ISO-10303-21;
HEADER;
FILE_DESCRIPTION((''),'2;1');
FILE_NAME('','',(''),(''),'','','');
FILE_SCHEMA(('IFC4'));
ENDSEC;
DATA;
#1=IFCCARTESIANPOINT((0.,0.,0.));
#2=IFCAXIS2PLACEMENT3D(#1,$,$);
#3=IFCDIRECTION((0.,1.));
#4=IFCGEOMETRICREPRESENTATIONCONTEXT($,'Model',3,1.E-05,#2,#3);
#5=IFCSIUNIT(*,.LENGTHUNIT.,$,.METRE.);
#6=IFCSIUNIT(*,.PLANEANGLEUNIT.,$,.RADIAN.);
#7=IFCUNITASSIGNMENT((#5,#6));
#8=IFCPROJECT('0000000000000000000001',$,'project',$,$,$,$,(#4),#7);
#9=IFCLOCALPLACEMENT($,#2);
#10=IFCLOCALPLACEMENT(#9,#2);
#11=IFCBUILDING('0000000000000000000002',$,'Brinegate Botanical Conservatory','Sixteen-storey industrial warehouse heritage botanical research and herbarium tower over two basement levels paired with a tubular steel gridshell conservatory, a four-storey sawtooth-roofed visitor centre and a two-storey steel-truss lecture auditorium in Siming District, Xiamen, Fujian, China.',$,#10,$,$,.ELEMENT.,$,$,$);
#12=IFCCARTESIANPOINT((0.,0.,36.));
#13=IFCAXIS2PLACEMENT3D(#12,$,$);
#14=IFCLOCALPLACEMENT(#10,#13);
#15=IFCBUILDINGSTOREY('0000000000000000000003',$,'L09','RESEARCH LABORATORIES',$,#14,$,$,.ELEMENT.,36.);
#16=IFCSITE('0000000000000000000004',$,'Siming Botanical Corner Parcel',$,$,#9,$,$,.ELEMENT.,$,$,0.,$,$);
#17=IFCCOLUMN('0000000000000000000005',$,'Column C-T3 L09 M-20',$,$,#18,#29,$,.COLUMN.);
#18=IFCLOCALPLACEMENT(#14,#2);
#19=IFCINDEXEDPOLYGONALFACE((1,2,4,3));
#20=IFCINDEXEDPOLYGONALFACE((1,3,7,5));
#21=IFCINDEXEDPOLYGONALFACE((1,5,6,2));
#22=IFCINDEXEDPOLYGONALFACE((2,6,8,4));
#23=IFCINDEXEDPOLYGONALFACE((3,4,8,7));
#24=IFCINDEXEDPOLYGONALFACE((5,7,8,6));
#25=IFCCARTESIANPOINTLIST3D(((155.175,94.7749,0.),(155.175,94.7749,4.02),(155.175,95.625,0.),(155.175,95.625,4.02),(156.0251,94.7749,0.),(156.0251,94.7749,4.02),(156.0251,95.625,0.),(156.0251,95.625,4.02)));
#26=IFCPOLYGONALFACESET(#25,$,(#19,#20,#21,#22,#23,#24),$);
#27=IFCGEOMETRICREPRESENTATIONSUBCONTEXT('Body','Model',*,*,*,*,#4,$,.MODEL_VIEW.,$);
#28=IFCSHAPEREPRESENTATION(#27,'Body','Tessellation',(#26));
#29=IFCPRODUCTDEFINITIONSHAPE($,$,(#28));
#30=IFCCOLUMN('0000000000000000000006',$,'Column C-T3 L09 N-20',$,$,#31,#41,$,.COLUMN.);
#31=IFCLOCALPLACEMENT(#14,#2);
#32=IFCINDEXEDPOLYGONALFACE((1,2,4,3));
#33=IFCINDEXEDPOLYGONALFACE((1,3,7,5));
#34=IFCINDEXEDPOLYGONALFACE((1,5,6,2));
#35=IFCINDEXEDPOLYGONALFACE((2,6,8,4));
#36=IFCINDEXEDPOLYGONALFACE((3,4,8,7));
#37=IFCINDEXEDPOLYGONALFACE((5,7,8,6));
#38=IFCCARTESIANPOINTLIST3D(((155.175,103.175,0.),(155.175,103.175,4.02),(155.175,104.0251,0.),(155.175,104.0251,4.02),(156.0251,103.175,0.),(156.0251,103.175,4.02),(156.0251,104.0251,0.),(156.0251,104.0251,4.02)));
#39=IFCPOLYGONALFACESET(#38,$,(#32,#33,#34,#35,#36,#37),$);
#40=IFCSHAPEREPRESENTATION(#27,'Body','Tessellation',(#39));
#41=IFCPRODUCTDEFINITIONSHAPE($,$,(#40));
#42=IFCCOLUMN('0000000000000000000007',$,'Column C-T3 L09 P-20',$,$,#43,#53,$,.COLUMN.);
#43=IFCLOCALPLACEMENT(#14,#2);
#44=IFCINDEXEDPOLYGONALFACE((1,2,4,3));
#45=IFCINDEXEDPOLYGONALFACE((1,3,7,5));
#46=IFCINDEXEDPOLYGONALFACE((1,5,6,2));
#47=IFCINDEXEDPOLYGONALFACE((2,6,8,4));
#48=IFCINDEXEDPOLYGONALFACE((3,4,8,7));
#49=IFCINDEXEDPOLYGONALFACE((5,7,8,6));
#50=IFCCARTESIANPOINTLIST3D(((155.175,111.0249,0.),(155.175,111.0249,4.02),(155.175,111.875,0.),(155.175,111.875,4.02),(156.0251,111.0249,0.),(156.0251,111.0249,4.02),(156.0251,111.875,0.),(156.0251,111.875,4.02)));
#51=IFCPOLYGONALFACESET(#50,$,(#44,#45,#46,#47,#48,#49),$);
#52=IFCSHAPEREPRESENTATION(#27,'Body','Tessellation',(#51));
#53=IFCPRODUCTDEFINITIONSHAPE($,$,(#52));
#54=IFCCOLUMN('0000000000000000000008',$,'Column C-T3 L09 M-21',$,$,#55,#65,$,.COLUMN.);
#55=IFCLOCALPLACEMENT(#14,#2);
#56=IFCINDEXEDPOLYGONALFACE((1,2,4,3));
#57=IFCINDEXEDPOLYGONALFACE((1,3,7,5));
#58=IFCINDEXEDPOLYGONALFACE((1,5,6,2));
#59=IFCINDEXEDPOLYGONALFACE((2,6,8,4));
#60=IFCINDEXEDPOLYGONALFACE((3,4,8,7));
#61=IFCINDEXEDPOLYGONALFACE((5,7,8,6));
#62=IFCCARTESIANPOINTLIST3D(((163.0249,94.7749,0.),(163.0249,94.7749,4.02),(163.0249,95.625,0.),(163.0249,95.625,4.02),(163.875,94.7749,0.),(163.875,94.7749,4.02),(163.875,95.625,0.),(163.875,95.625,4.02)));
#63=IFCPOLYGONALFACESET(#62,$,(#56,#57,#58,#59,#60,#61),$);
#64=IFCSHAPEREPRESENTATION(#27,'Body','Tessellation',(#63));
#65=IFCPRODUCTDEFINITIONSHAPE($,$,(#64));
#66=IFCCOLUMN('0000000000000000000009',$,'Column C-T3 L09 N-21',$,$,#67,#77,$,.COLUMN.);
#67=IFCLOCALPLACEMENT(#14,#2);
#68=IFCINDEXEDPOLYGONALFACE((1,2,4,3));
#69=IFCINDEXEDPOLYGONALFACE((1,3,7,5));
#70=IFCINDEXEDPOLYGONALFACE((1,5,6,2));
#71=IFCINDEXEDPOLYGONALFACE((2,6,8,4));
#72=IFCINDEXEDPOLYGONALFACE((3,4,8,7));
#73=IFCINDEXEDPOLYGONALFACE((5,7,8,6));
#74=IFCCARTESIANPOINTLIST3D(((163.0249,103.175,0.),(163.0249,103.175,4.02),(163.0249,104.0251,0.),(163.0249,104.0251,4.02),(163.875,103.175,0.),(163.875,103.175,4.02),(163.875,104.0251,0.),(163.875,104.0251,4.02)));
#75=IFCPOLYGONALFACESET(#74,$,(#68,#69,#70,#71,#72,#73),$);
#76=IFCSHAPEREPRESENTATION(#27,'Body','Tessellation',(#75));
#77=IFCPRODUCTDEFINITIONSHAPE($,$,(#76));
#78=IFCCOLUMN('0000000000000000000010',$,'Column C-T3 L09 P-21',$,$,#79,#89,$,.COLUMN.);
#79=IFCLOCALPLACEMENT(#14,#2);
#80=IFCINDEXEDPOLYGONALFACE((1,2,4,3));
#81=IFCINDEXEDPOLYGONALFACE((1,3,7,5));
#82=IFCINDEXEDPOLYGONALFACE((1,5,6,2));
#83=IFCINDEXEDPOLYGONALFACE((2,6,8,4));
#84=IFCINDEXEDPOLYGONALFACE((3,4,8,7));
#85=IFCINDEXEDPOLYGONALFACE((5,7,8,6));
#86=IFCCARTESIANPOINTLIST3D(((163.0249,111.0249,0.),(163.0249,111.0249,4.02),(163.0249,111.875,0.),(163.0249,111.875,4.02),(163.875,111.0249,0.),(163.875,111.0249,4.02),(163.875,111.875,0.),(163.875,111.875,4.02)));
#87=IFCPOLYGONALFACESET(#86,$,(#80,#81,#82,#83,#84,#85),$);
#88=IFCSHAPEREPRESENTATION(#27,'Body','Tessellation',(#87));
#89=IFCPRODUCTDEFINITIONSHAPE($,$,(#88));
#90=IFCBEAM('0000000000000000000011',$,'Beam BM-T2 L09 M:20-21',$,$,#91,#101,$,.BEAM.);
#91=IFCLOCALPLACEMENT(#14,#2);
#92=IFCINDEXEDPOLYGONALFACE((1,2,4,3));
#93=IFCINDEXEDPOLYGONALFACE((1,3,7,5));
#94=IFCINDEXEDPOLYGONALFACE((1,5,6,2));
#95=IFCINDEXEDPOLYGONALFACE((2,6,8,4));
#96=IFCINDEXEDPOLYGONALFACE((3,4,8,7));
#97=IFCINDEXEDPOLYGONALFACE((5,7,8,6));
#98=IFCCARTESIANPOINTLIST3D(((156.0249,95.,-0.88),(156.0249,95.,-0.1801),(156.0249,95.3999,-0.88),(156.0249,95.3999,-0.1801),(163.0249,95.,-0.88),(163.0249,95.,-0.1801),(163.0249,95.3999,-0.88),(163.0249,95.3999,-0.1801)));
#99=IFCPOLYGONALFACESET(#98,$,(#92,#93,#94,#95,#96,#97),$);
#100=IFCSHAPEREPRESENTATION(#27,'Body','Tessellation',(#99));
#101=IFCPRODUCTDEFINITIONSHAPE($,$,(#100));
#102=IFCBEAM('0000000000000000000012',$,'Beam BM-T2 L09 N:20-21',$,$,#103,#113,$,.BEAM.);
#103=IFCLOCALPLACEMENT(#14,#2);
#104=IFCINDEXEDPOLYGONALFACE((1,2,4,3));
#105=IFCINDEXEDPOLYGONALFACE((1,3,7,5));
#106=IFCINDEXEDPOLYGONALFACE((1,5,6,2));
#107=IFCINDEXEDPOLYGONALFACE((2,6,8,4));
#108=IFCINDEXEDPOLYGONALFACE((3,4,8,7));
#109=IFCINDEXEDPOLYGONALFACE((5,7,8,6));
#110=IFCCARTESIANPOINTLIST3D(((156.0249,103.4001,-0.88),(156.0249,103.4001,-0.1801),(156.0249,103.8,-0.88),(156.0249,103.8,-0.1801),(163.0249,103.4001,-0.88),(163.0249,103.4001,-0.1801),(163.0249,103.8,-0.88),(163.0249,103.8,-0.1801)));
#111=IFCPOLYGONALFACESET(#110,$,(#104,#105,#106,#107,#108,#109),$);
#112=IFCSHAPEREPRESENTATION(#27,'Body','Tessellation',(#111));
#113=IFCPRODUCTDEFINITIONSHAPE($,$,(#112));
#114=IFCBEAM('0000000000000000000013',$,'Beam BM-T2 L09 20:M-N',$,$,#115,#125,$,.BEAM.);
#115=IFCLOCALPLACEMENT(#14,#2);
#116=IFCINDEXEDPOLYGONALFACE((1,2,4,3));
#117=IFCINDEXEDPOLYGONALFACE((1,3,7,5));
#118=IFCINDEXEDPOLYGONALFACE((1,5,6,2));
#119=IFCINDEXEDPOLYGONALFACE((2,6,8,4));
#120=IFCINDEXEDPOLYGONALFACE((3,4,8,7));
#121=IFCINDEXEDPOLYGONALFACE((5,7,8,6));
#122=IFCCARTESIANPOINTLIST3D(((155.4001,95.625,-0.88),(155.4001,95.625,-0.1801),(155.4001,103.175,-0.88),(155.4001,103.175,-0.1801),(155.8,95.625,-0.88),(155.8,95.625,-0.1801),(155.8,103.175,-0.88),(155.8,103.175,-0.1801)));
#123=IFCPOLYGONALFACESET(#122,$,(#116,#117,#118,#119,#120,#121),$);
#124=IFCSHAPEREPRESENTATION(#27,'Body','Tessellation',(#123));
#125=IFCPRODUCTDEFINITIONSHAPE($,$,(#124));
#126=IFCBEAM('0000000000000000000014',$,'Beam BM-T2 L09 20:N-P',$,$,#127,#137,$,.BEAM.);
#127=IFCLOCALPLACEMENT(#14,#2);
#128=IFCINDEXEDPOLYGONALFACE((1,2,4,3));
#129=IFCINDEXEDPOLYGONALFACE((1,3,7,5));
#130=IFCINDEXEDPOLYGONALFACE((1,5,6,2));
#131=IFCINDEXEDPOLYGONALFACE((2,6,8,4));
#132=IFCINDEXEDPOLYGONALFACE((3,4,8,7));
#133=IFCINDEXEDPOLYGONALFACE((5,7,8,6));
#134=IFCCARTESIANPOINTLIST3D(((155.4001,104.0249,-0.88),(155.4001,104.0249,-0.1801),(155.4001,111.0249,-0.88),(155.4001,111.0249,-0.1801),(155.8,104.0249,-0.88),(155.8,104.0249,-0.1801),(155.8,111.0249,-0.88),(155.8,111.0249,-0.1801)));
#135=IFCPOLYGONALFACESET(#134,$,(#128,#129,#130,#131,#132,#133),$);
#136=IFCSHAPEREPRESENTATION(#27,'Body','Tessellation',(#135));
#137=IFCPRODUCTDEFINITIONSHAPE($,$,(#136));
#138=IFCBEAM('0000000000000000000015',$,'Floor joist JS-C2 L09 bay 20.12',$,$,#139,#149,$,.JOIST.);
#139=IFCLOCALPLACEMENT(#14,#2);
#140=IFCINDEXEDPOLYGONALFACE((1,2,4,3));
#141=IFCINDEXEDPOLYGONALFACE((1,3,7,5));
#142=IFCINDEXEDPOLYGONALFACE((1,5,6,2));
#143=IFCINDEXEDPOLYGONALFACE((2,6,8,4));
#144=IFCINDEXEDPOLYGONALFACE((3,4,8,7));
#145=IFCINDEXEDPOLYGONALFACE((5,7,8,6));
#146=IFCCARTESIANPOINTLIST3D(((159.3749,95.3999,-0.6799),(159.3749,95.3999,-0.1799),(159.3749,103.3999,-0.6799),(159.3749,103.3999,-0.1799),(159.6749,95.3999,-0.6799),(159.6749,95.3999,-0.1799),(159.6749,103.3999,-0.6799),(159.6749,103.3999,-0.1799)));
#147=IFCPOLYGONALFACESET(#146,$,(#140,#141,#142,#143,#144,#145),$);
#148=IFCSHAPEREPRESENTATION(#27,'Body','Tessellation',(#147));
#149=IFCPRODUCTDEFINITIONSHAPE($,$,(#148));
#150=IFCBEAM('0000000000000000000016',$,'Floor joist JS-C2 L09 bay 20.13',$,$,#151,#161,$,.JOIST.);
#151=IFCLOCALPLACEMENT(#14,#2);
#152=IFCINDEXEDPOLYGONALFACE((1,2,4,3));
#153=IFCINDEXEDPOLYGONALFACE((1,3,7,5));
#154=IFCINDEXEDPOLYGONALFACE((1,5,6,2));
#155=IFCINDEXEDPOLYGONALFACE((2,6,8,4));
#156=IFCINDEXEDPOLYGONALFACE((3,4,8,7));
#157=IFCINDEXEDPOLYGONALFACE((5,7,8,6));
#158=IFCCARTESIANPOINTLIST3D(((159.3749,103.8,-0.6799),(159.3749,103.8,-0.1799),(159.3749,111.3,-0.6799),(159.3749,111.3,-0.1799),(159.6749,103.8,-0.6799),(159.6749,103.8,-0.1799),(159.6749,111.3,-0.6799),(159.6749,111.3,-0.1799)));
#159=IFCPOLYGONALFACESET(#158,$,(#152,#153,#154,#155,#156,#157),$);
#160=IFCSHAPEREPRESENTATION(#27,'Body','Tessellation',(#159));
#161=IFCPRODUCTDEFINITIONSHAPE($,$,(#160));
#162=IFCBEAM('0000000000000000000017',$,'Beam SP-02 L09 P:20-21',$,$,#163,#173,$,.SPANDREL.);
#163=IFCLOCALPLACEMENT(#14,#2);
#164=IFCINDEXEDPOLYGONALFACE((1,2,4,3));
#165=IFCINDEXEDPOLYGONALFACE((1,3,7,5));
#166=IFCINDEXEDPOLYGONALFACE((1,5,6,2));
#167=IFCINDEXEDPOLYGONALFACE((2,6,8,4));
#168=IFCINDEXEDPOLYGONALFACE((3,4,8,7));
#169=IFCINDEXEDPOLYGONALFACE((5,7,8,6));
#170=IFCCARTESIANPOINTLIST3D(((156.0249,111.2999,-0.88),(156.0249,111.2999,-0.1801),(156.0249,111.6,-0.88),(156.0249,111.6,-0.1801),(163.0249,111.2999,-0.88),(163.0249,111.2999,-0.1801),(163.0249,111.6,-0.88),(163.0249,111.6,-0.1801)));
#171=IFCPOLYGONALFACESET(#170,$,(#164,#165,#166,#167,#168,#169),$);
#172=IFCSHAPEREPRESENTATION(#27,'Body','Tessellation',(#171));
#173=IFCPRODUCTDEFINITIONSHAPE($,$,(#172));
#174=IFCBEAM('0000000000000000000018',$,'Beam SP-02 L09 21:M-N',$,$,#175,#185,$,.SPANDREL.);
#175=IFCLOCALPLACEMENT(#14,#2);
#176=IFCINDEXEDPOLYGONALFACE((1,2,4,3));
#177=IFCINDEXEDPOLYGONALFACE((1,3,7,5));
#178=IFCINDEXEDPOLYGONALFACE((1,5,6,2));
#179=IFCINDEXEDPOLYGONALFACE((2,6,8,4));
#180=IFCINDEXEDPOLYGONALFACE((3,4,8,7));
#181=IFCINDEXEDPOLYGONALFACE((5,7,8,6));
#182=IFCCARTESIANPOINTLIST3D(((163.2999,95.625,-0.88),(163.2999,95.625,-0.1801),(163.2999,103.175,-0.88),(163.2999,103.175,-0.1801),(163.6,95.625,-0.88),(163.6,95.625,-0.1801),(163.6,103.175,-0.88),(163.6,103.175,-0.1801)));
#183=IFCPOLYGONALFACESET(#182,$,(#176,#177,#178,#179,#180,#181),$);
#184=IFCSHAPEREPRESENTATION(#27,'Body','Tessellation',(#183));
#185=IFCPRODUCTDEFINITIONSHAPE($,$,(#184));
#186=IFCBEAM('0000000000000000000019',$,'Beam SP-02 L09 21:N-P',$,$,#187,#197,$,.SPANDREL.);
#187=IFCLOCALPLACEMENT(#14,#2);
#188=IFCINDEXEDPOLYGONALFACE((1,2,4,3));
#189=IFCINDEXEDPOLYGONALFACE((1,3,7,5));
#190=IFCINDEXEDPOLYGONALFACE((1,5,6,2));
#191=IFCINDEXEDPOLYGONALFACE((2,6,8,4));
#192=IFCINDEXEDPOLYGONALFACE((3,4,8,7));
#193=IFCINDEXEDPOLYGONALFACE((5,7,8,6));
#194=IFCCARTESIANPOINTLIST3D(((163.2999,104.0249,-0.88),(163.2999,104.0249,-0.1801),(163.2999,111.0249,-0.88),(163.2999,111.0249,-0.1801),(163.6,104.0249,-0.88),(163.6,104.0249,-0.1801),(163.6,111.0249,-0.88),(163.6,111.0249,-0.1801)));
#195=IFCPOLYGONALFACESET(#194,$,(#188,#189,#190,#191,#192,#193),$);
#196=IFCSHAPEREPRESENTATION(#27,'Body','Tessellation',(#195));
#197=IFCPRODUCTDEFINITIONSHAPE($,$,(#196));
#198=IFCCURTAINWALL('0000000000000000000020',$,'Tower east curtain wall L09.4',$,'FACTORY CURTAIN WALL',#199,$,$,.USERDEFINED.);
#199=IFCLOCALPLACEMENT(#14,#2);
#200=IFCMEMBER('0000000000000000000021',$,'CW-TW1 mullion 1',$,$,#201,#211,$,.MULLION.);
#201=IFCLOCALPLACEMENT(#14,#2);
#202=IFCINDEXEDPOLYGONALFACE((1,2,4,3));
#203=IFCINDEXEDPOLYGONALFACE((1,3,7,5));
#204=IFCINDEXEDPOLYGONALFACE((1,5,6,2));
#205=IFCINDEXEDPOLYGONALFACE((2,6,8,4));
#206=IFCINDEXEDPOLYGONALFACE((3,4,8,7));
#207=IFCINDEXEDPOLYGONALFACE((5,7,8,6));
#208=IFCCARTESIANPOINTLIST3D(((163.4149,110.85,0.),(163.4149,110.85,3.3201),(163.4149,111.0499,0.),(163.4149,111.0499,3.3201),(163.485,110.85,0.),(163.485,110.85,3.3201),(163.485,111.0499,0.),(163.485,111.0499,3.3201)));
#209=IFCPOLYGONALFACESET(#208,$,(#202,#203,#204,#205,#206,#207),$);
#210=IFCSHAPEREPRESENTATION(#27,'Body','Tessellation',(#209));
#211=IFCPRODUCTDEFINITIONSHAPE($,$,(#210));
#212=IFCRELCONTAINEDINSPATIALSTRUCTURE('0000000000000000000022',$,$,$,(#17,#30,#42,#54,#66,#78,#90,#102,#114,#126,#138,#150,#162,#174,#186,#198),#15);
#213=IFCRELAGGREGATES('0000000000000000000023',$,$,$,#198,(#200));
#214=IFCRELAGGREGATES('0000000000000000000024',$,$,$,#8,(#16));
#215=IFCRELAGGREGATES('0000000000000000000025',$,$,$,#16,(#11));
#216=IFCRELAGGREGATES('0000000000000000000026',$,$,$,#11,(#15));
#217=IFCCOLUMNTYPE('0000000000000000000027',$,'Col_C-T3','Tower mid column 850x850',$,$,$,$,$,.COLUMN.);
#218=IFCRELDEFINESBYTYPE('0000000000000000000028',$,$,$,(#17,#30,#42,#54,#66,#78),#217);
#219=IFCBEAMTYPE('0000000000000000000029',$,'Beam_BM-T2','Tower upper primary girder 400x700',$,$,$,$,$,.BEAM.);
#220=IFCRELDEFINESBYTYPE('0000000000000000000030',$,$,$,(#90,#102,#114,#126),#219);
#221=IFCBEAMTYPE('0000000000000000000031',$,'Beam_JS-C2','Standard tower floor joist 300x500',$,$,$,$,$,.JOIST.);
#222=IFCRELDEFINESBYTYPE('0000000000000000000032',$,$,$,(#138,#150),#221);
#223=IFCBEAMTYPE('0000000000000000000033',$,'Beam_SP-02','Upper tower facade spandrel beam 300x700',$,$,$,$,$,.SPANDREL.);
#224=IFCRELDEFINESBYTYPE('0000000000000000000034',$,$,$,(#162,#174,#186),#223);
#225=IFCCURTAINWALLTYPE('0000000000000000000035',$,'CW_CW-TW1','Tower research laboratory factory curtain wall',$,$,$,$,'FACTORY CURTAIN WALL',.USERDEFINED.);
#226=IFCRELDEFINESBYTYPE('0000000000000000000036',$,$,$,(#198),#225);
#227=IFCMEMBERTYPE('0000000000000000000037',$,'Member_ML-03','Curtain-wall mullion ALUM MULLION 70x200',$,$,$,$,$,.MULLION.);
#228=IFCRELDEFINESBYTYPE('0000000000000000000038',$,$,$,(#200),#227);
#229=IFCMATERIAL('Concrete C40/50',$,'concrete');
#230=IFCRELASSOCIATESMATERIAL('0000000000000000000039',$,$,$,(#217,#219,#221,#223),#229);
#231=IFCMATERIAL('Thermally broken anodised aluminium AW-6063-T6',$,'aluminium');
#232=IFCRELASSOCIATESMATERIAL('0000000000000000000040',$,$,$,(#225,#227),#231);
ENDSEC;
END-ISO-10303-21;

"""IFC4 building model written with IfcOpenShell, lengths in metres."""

from ifc_helpers import new_model, si_unit, direction, frame, origin, origin_2d, place, context, subcontext, project, spatial, rectangle, extrude, material, material_profile, profile_set, type_object, element, aggregate, save


model = new_model("IFC4")

# Units and contexts
model_context = context("Model", 3, precision=1e-05, world=origin(), true_north=direction((0.0, 1.0)))
body_context = subcontext(model_context, "Body", "Model", "MODEL_VIEW")
ifc_project = project(units=[si_unit("LENGTHUNIT", "METRE"), si_unit("PLANEANGLEUNIT", "RADIAN")], contexts=[model_context])

# Site, building, storey
site_placement = place(None, origin())
site = spatial("IfcSite", under=ifc_project, at=site_placement, Name="Siming Botanical Corner Parcel", CompositionType="ELEMENT", RefElevation=0.0)
building_placement = place(site_placement, origin())
building = spatial("IfcBuilding", under=site, at=building_placement, Name="Brinegate Botanical Conservatory", Description="Sixteen-storey industrial warehouse heritage botanical research and herbarium tower over two basement levels paired with a tubular steel gridshell conservatory, a four-storey sawtooth-roofed visitor centre and a two-storey steel-truss lecture auditorium in Siming District, Xiamen, Fujian, China.", CompositionType="ELEMENT")
storey_placement = place(building_placement, frame((0.0, 0.0, 36.0)))
storey = spatial("IfcBuildingStorey", under=building, at=storey_placement, Name="L09", Description="RESEARCH LABORATORIES", CompositionType="ELEMENT", Elevation=36.0)

# Columns
ifc_material_1 = material(Name="Concrete C40/50", Category="concrete")
ifc_material_profile_1 = material_profile(ifc_material_1, rectangle(XDim=0.8501, YDim=0.8501, at=origin_2d()), Name="RC COL 850x850")
ifc_profile_set_1 = profile_set([ifc_material_profile_1], Name="Concrete C40/50")
column_type = type_object("IfcColumnType", Name="Col_C-T3", Description="Tower mid column 850x850", PredefinedType="COLUMN", material=ifc_profile_set_1)
for number, where, z_axis, x_axis, name in (
    (1, (155.6001, 95.2, 0.0), (0.0, 0.0, 1.0), (1.0, 0.0, 0.0), "Column C-T3 L09 M-20"),
    (2, (155.6001, 103.6001, 0.0), (0.0, 0.0, 1.0), (1.0, 0.0, 0.0), "Column C-T3 L09 N-20"),
    (3, (155.6001, 111.45, 0.0), (0.0, 0.0, 1.0), (1.0, 0.0, 0.0), "Column C-T3 L09 P-20"),
    (4, (163.45, 95.2, 0.0), (0.0, 0.0, 1.0), (1.0, 0.0, 0.0), "Column C-T3 L09 M-21"),
    (5, (163.45, 103.6001, 0.0), (0.0, 0.0, 1.0), (1.0, 0.0, 0.0), "Column C-T3 L09 N-21"),
    (6, (163.45, 111.45, 0.0), (0.0, 0.0, 1.0), (1.0, 0.0, 0.0), "Column C-T3 L09 P-21"),
):
    element("IfcColumn", number, at=place(storey_placement, frame(where, z_axis=z_axis, x_axis=x_axis)), inside=storey, type_object=column_type, Name=name, PredefinedType="COLUMN", context=body_context, shape_type="SweptSolid", body=[
        extrude(rectangle(XDim=0.8501, YDim=0.8501, at=origin_2d()), origin(), (0.0, 0.0, 1.0), 4.02),
    ])

# Beams
ifc_material_profile_2 = material_profile(ifc_material_1, rectangle(XDim=0.3999, YDim=0.7, at=origin_2d()), Name="RC BM 400x700")
ifc_profile_set_2 = profile_set([ifc_material_profile_2], Name="Concrete C40/50")
beam_type_1 = type_object("IfcBeamType", Name="Beam_BM-T2", Description="Tower upper primary girder 400x700", PredefinedType="BEAM", material=ifc_profile_set_2)
for number, where, z_axis, x_axis, name in (
    (7, (156.0249, 95.2, -0.53), (1.0, 0.0, 0.0), (0.0, 1.0, 0.0), "Beam BM-T2 L09 M:20-21"),
    (8, (156.0249, 103.6001, -0.53), (1.0, 0.0, 0.0), (0.0, 1.0, 0.0), "Beam BM-T2 L09 N:20-21"),
):
    element("IfcBeam", number, at=place(storey_placement, frame(where, z_axis=z_axis, x_axis=x_axis)), inside=storey, type_object=beam_type_1, Name=name, PredefinedType="BEAM", context=body_context, shape_type="SweptSolid", body=[
        extrude(rectangle(XDim=0.3999, YDim=0.7, at=origin_2d()), origin(), (0.0, 0.0, 1.0), 7.0),
    ])
beam_1_placement = place(storey_placement, frame((155.6001, 95.625, -0.53), z_axis=(0.0, 1.0, 0.0), x_axis=(-1.0, 0.0, 0.0)))
element("IfcBeam", 9, at=beam_1_placement, inside=storey, type_object=beam_type_1, Name="Beam BM-T2 L09 20:M-N", PredefinedType="BEAM", context=body_context, shape_type="SweptSolid", body=[
    extrude(rectangle(XDim=0.3999, YDim=0.7, at=origin_2d()), origin(), (0.0, 0.0, 1.0), 7.55),
])
beam_2_placement = place(storey_placement, frame((155.6001, 104.0249, -0.53), z_axis=(0.0, 1.0, 0.0), x_axis=(-1.0, 0.0, 0.0)))
element("IfcBeam", 10, at=beam_2_placement, inside=storey, type_object=beam_type_1, Name="Beam BM-T2 L09 20:N-P", PredefinedType="BEAM", context=body_context, shape_type="SweptSolid", body=[
    extrude(rectangle(XDim=0.3999, YDim=0.7, at=origin_2d()), origin(), (0.0, 0.0, 1.0), 7.0),
])
ifc_material_profile_3 = material_profile(ifc_material_1, rectangle(XDim=0.3, YDim=0.5, at=origin_2d()), Name="RC JST 300x500")
ifc_profile_set_3 = profile_set([ifc_material_profile_3], Name="Concrete C40/50")
beam_type_2 = type_object("IfcBeamType", Name="Beam_JS-C2", Description="Standard tower floor joist 300x500", PredefinedType="JOIST", material=ifc_profile_set_3)
beam_3_placement = place(storey_placement, frame((159.5249, 95.3999, -0.4299), z_axis=(0.0, 1.0, 0.0), x_axis=(-1.0, 0.0, 0.0)))
element("IfcBeam", 11, at=beam_3_placement, inside=storey, type_object=beam_type_2, Name="Floor joist JS-C2 L09 bay 20.12", PredefinedType="JOIST", context=body_context, shape_type="SweptSolid", body=[
    extrude(rectangle(XDim=0.3, YDim=0.5, at=origin_2d()), origin(), (0.0, 0.0, 1.0), 8.0),
])
beam_4_placement = place(storey_placement, frame((159.5249, 103.8, -0.4299), z_axis=(0.0, 1.0, 0.0), x_axis=(-1.0, 0.0, 0.0)))
element("IfcBeam", 12, at=beam_4_placement, inside=storey, type_object=beam_type_2, Name="Floor joist JS-C2 L09 bay 20.13", PredefinedType="JOIST", context=body_context, shape_type="SweptSolid", body=[
    extrude(rectangle(XDim=0.3, YDim=0.5, at=origin_2d()), origin(), (0.0, 0.0, 1.0), 7.5),
])
ifc_material_profile_4 = material_profile(ifc_material_1, rectangle(XDim=0.3, YDim=0.7, at=origin_2d()), Name="RC SPN 300x700")
ifc_profile_set_4 = profile_set([ifc_material_profile_4], Name="Concrete C40/50")
beam_type_3 = type_object("IfcBeamType", Name="Beam_SP-02", Description="Upper tower facade spandrel beam 300x700", PredefinedType="SPANDREL", material=ifc_profile_set_4)
beam_5_placement = place(storey_placement, frame((156.0249, 111.45, -0.53), z_axis=(1.0, 0.0, 0.0), x_axis=(0.0, 1.0, 0.0)))
element("IfcBeam", 13, at=beam_5_placement, inside=storey, type_object=beam_type_3, Name="Beam SP-02 L09 P:20-21", PredefinedType="SPANDREL", context=body_context, shape_type="SweptSolid", body=[
    extrude(rectangle(XDim=0.3, YDim=0.7, at=origin_2d()), origin(), (0.0, 0.0, 1.0), 7.0),
])
beam_6_placement = place(storey_placement, frame((163.45, 95.625, -0.53), z_axis=(0.0, 1.0, 0.0), x_axis=(-1.0, 0.0, 0.0)))
element("IfcBeam", 14, at=beam_6_placement, inside=storey, type_object=beam_type_3, Name="Beam SP-02 L09 21:M-N", PredefinedType="SPANDREL", context=body_context, shape_type="SweptSolid", body=[
    extrude(rectangle(XDim=0.3, YDim=0.7, at=origin_2d()), origin(), (0.0, 0.0, 1.0), 7.55),
])
beam_7_placement = place(storey_placement, frame((163.45, 104.0249, -0.53), z_axis=(0.0, 1.0, 0.0), x_axis=(-1.0, 0.0, 0.0)))
element("IfcBeam", 15, at=beam_7_placement, inside=storey, type_object=beam_type_3, Name="Beam SP-02 L09 21:N-P", PredefinedType="SPANDREL", context=body_context, shape_type="SweptSolid", body=[
    extrude(rectangle(XDim=0.3, YDim=0.7, at=origin_2d()), origin(), (0.0, 0.0, 1.0), 7.0),
])

# Curtain wall, member
ifc_material_2 = material(Name="Thermally broken anodised aluminium AW-6063-T6", Category="aluminium")
curtain_wall_type = type_object("IfcCurtainWallType", Name="CW_CW-TW1", Description="Tower research laboratory factory curtain wall", ElementType="FACTORY CURTAIN WALL", PredefinedType="USERDEFINED", material=ifc_material_2)
curtain_wall_placement = place(storey_placement, origin())
curtain_wall = element("IfcCurtainWall", 16, at=curtain_wall_placement, inside=storey, type_object=curtain_wall_type, Name="Tower east curtain wall L09.4", ObjectType="FACTORY CURTAIN WALL", PredefinedType="USERDEFINED")
ifc_material_profile_5 = material_profile(ifc_material_2, rectangle(XDim=0.0701, YDim=0.2, at=origin_2d()), Name="ALUM MULLION 70x200")
ifc_profile_set_5 = profile_set([ifc_material_profile_5], Name="Thermally broken anodised aluminium AW-6063-T6")
member_type_1 = type_object("IfcMemberType", Name="Member_ML-03", Description="Curtain-wall mullion ALUM MULLION 70x200", PredefinedType="MULLION", material=ifc_profile_set_5)
member_1_placement = place(storey_placement, frame((163.45, 110.95, 0.0), z_axis=(0.0, 0.0, 1.0), x_axis=(1.0, 0.0, 0.0)))
member_1 = element("IfcMember", 17, at=member_1_placement, type_object=member_type_1, Name="CW-TW1 mullion 1", PredefinedType="MULLION", context=body_context, shape_type="SweptSolid", body=[
    extrude(rectangle(XDim=0.0701, YDim=0.2, at=origin_2d()), origin(), (0.0, 0.0, 1.0), 3.3201),
])
aggregate(curtain_wall, [member_1])

save(model, "model.ifc")
